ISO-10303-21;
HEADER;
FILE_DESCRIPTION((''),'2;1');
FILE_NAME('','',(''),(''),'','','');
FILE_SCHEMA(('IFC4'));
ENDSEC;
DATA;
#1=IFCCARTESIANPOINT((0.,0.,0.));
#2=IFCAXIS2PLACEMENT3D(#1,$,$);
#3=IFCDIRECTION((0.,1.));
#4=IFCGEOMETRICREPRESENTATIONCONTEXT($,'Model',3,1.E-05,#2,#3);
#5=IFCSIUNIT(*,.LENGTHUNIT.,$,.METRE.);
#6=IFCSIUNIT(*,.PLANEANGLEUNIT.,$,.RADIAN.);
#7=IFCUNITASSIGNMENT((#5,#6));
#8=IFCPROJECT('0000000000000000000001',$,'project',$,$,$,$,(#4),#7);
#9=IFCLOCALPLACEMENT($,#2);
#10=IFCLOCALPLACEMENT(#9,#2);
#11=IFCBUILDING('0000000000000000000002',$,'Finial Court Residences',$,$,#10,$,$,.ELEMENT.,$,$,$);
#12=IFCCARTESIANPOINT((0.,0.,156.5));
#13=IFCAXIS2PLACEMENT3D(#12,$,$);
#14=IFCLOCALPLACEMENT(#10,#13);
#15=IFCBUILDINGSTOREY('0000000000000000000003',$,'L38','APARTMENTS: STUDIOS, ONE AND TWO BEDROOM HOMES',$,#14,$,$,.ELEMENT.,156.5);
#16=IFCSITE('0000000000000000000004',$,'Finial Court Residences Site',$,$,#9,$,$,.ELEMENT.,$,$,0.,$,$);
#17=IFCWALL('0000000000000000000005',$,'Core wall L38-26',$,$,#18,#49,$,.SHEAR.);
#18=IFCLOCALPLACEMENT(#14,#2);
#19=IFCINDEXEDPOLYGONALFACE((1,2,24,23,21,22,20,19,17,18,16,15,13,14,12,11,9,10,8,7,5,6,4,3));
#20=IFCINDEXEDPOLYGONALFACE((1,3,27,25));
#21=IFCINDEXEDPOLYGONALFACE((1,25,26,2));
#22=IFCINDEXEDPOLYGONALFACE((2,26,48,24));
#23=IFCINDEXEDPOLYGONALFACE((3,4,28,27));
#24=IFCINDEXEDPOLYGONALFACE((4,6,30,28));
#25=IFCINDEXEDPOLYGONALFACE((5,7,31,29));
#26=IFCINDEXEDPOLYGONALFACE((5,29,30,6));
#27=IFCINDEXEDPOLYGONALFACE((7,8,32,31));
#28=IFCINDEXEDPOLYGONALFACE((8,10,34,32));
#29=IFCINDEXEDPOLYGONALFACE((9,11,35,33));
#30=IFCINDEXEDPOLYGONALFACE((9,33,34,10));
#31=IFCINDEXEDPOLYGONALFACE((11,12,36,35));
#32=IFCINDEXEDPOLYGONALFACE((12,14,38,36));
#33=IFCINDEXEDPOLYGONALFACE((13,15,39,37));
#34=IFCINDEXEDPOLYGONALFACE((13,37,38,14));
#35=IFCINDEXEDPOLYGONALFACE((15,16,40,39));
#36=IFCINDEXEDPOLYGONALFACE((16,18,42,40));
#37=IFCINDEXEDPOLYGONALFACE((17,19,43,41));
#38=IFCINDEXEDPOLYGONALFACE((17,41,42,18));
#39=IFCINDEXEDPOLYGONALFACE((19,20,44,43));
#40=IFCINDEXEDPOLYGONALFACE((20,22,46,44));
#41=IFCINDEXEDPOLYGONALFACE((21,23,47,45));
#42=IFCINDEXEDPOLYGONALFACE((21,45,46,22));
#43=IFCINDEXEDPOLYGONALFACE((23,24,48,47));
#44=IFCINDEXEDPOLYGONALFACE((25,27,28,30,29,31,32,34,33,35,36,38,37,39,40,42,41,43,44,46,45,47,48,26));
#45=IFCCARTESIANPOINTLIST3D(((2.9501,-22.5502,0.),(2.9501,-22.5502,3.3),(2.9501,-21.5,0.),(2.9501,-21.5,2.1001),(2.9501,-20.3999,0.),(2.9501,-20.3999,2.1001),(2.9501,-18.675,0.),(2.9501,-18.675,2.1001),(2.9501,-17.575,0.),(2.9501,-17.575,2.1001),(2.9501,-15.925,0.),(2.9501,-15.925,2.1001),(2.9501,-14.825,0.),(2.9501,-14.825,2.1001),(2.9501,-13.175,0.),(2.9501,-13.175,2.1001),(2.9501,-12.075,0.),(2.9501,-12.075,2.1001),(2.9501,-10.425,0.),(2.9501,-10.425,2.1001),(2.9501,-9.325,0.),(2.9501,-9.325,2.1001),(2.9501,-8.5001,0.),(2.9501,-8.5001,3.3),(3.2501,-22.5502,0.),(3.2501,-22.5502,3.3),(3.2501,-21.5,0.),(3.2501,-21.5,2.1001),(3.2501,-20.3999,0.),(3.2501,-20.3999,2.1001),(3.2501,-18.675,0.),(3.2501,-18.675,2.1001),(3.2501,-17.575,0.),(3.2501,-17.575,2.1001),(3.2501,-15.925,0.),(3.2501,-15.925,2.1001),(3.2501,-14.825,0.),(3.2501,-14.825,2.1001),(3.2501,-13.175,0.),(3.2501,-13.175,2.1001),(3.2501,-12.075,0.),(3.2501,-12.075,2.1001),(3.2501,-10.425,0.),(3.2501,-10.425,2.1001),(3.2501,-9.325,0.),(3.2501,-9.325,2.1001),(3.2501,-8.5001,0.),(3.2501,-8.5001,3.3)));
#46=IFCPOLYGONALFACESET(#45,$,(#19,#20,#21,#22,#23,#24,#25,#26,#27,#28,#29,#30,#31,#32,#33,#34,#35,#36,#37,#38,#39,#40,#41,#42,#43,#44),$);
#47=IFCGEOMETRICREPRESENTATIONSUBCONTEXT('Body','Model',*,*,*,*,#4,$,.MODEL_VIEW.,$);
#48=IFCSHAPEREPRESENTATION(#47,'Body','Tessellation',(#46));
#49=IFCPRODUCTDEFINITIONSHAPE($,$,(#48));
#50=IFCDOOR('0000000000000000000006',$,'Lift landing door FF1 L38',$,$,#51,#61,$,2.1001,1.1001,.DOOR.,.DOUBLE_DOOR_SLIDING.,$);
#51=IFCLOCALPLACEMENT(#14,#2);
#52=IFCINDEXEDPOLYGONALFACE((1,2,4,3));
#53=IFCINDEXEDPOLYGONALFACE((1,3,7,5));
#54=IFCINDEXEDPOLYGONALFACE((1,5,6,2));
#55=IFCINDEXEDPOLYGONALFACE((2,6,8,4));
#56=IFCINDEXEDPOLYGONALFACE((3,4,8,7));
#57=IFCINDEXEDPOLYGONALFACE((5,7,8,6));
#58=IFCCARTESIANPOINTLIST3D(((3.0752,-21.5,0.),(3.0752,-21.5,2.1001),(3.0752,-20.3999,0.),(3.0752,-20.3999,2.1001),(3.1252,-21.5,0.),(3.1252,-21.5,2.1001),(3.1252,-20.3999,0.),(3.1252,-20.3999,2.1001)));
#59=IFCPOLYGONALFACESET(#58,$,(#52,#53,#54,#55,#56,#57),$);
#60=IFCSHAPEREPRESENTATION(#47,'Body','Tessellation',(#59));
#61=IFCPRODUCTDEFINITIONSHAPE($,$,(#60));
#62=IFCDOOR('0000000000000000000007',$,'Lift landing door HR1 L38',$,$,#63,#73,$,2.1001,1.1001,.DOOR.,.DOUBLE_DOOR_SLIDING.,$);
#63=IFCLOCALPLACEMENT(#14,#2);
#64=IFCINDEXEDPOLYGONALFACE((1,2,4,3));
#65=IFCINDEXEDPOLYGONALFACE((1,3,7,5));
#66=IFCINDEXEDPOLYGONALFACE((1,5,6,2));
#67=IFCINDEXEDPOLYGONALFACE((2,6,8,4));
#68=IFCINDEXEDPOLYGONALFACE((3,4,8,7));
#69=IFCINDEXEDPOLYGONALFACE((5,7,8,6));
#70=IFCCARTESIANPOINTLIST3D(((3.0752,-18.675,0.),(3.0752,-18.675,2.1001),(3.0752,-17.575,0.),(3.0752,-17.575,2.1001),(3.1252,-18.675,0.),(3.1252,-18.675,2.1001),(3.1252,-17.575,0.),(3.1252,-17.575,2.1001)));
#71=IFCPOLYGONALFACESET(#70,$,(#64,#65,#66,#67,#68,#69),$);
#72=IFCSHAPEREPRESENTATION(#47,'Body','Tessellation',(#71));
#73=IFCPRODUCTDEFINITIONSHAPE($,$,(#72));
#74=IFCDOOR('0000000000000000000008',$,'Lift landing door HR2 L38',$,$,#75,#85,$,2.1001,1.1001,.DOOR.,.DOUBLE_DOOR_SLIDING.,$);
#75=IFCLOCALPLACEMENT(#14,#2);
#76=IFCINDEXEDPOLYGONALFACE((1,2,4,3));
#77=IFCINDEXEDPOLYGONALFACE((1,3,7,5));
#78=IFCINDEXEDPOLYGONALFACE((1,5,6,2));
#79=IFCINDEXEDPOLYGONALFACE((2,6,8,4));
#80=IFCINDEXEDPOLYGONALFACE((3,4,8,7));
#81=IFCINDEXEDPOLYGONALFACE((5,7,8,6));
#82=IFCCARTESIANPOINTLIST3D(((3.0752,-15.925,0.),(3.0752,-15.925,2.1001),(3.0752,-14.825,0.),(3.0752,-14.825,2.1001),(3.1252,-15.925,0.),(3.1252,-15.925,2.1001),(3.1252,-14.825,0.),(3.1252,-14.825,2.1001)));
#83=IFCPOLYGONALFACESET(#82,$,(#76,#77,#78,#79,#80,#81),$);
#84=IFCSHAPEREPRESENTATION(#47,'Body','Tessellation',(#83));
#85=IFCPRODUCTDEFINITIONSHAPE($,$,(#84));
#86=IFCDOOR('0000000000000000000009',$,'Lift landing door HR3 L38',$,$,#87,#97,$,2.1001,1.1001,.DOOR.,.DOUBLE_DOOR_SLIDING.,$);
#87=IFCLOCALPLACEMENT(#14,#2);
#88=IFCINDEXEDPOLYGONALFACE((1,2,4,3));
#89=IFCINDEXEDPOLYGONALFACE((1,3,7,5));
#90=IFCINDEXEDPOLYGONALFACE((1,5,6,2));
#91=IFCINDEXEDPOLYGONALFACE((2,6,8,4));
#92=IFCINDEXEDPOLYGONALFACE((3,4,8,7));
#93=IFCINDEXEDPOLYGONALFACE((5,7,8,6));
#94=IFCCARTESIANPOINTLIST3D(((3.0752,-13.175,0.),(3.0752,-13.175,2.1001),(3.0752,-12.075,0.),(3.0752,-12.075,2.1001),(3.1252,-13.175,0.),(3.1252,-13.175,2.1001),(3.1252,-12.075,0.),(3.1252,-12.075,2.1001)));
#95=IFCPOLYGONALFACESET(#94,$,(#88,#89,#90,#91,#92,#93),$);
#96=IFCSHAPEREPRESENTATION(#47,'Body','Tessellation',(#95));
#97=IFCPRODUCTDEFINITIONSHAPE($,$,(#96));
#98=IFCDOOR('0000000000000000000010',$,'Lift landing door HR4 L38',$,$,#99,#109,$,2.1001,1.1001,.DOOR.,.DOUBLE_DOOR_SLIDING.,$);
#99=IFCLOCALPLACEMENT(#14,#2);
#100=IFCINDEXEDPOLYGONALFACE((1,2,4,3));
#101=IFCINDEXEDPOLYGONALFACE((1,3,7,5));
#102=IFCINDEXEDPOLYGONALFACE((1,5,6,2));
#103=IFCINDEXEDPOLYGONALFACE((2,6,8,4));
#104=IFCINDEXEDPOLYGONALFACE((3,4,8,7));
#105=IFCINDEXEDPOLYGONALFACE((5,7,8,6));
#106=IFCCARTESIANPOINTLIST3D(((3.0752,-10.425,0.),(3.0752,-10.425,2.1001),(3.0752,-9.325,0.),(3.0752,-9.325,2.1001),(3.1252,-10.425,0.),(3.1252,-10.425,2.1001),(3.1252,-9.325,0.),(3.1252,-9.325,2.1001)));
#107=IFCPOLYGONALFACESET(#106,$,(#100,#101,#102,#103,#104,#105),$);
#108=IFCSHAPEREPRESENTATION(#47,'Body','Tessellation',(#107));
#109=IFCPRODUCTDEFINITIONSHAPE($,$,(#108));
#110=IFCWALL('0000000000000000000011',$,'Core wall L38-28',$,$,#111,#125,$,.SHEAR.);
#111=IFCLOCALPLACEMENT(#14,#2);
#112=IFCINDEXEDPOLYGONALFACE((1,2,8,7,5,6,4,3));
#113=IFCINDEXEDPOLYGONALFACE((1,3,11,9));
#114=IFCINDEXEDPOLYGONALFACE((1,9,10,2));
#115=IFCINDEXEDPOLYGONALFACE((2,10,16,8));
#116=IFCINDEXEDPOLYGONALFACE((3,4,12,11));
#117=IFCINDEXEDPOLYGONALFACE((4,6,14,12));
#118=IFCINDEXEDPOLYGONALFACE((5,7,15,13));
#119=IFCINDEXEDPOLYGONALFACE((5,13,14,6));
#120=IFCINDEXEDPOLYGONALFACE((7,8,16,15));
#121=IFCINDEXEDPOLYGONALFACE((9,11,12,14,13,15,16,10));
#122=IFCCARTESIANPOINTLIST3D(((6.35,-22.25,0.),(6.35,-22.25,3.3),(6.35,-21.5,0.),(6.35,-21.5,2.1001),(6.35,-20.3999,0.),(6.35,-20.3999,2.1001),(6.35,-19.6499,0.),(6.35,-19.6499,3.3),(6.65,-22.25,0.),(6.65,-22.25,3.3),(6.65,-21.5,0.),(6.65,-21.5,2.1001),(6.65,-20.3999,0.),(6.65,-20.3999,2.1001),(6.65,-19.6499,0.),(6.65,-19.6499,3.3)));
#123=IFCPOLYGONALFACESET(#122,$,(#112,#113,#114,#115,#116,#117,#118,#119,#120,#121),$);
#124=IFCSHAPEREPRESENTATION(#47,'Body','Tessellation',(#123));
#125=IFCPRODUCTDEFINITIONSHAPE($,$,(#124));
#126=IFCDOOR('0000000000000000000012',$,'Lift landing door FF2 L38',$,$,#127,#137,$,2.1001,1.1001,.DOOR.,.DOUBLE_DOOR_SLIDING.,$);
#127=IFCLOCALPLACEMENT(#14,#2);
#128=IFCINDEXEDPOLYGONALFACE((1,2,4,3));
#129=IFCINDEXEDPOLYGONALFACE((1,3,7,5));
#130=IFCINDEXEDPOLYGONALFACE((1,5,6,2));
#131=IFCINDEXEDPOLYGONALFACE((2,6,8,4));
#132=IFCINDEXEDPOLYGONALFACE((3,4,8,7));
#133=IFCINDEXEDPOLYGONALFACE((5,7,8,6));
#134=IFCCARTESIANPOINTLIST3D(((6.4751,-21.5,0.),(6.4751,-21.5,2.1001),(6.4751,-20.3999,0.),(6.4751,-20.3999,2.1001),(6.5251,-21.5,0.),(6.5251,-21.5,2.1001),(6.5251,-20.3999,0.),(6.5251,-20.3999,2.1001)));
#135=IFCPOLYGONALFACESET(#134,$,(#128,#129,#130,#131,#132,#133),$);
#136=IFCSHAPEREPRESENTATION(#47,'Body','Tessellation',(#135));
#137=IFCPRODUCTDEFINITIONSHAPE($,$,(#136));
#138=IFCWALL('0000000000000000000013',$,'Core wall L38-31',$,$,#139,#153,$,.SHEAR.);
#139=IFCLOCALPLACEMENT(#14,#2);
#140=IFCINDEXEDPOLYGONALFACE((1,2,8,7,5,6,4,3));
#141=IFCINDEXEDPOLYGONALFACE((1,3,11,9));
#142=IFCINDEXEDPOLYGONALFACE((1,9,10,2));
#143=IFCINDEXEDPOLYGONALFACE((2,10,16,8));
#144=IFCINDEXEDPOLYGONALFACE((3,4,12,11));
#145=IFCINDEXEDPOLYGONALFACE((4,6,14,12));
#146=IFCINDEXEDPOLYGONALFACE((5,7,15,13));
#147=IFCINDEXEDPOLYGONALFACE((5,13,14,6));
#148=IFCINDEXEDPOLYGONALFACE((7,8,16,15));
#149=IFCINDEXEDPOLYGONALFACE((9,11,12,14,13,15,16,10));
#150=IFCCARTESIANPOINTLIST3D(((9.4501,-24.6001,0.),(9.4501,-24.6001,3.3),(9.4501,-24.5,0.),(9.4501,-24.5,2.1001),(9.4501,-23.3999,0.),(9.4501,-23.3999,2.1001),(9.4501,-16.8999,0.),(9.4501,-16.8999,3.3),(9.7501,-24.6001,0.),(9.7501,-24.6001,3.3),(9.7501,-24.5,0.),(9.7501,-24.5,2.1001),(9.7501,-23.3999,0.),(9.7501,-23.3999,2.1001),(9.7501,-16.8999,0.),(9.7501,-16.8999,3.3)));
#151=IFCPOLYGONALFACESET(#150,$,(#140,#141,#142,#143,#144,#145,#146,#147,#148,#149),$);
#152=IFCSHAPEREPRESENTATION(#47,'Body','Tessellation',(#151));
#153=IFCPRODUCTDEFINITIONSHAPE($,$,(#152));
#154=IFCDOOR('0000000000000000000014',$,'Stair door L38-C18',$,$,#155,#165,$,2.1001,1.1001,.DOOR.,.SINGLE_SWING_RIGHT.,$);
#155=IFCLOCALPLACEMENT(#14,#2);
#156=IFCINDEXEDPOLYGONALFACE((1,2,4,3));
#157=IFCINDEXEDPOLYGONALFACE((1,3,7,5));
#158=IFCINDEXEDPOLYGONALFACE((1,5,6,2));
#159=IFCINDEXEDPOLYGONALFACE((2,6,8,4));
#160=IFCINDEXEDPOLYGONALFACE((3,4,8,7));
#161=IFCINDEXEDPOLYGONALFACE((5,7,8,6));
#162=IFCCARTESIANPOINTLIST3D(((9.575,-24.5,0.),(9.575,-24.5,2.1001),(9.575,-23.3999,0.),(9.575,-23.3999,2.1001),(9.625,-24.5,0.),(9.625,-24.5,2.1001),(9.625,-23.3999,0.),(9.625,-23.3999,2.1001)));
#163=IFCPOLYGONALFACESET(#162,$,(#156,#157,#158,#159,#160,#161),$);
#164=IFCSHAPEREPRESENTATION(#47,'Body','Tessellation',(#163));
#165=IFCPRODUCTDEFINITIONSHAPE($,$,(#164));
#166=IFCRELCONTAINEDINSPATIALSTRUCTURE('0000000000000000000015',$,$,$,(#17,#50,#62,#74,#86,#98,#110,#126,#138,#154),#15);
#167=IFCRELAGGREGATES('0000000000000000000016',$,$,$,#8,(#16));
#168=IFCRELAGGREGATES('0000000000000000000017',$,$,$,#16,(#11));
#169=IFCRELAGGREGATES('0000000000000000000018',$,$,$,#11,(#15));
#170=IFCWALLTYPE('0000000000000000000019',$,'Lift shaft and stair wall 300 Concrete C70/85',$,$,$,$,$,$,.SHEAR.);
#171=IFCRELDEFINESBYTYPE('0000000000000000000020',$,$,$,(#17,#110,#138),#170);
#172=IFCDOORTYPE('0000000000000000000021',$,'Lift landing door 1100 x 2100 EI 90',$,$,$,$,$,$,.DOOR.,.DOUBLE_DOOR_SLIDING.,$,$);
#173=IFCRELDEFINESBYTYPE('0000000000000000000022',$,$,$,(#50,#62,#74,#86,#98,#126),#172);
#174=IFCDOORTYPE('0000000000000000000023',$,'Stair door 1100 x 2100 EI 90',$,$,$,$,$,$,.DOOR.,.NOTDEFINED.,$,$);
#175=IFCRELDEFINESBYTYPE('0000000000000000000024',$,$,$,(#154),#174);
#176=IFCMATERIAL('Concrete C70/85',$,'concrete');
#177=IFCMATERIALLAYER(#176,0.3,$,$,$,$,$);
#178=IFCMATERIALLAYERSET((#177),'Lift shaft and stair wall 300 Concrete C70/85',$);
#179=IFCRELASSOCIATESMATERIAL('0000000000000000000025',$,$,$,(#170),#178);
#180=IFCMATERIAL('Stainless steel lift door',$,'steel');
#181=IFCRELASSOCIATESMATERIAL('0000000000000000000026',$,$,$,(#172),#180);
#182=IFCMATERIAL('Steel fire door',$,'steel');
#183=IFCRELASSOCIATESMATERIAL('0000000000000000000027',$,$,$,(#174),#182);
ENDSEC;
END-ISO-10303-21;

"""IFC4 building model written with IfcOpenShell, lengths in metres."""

from ifc_helpers import new_model, si_unit, direction, frame, frame_2d, origin, place, context, subcontext, project, spatial, rectangle, extrude, material, layer, layer_set, type_object, element, fill, save


model = new_model("IFC4")

# Units and contexts
model_context = context("Model", 3, precision=1e-05, world=origin(), true_north=direction((0.0, 1.0)))
body_context = subcontext(model_context, "Body", "Model", "MODEL_VIEW")
ifc_project = project(units=[si_unit("LENGTHUNIT", "METRE"), si_unit("PLANEANGLEUNIT", "RADIAN")], contexts=[model_context])

# Site, building, storey
site_placement = place(None, origin())
site = spatial("IfcSite", under=ifc_project, at=site_placement, Name="Finial Court Residences Site", CompositionType="ELEMENT", RefElevation=0.0)
building_placement = place(site_placement, origin())
building = spatial("IfcBuilding", under=site, at=building_placement, Name="Finial Court Residences", CompositionType="ELEMENT")
storey_placement = place(building_placement, frame((0.0, 0.0, 156.5)))
storey = spatial("IfcBuildingStorey", under=building, at=storey_placement, Name="L38", Description="APARTMENTS: STUDIOS, ONE AND TWO BEDROOM HOMES", CompositionType="ELEMENT", Elevation=156.5)

# Shared definitions
ifc_material_1 = material(Name="Steel fire door", Category="steel")

# Shared definitions
ifc_material_2 = material(Name="Concrete C70/85", Category="concrete")
ifc_layer_1 = layer(ifc_material_2, 0.3)
ifc_layer_set_1 = layer_set([ifc_layer_1], Name="Lift shaft and stair wall 300 Concrete C70/85")
wall_type_1 = type_object("IfcWallType", Name="Lift shaft and stair wall 300 Concrete C70/85", PredefinedType="SHEAR", material=ifc_layer_set_1)

# Wall, openings, doors
wall_1_placement = place(storey_placement, frame((3.1001, -22.55, 0.0), z_axis=(0.0, 0.0, 1.0), x_axis=(0.0, 1.0, 0.0)))
wall_1 = element("IfcWall", 1, at=wall_1_placement, inside=storey, type_object=wall_type_1, Name="Core wall L38-26", PredefinedType="SHEAR", context=body_context, shape_type="SweptSolid", body=[
    extrude(rectangle(XDim=14.05, YDim=0.3, at=frame_2d((7.0249, 0.0))), origin(), (0.0, 0.0, 1.0), 3.3),
])
opening_1_placement = place(wall_1_placement, frame((1.05, 0.0, 0.0)))
opening_1 = element("IfcOpeningElement", 2, at=opening_1_placement, cuts=wall_1, PredefinedType="OPENING", context=body_context, shape_type="SweptSolid", body=[
    extrude(rectangle(XDim=1.1001, YDim=2.1001, at=frame_2d((0.55, 1.05))), frame((0.0, 0.1599, 0.0), z_axis=(0.0, -1.0, 0.0), x_axis=(1.0, 0.0, 0.0)), (0.0, 0.0, 1.0), 0.3201),
])
opening_2_placement = place(wall_1_placement, frame((3.875, 0.0, 0.0)))
opening_2 = element("IfcOpeningElement", 3, at=opening_2_placement, cuts=wall_1, PredefinedType="OPENING", context=body_context, shape_type="SweptSolid", body=[
    extrude(rectangle(XDim=1.1001, YDim=2.1001, at=frame_2d((0.55, 1.05))), frame((0.0, 0.1599, 0.0), z_axis=(0.0, -1.0, 0.0), x_axis=(1.0, 0.0, 0.0)), (0.0, 0.0, 1.0), 0.3201),
])
opening_3_placement = place(wall_1_placement, frame((6.625, 0.0, 0.0)))
opening_3 = element("IfcOpeningElement", 4, at=opening_3_placement, cuts=wall_1, PredefinedType="OPENING", context=body_context, shape_type="SweptSolid", body=[
    extrude(rectangle(XDim=1.1001, YDim=2.1001, at=frame_2d((0.55, 1.05))), frame((0.0, 0.1599, 0.0), z_axis=(0.0, -1.0, 0.0), x_axis=(1.0, 0.0, 0.0)), (0.0, 0.0, 1.0), 0.3201),
])
opening_4_placement = place(wall_1_placement, frame((9.375, 0.0, 0.0)))
opening_4 = element("IfcOpeningElement", 5, at=opening_4_placement, cuts=wall_1, PredefinedType="OPENING", context=body_context, shape_type="SweptSolid", body=[
    extrude(rectangle(XDim=1.1001, YDim=2.1001, at=frame_2d((0.55, 1.05))), frame((0.0, 0.1599, 0.0), z_axis=(0.0, -1.0, 0.0), x_axis=(1.0, 0.0, 0.0)), (0.0, 0.0, 1.0), 0.3201),
])
opening_5_placement = place(wall_1_placement, frame((12.125, 0.0, 0.0)))
opening_5 = element("IfcOpeningElement", 6, at=opening_5_placement, cuts=wall_1, PredefinedType="OPENING", context=body_context, shape_type="SweptSolid", body=[
    extrude(rectangle(XDim=1.1001, YDim=2.1001, at=frame_2d((0.55, 1.05))), frame((0.0, 0.1599, 0.0), z_axis=(0.0, -1.0, 0.0), x_axis=(1.0, 0.0, 0.0)), (0.0, 0.0, 1.0), 0.3201),
])
ifc_material_3 = material(Name="Stainless steel lift door", Category="steel")
door_type_1 = type_object("IfcDoorType", Name="Lift landing door 1100 x 2100 EI 90", OperationType="DOUBLE_DOOR_SLIDING", PredefinedType="DOOR", material=ifc_material_3)
door_1_placement = place(opening_1_placement, origin())
door_1 = element("IfcDoor", 7, at=door_1_placement, inside=storey, type_object=door_type_1, Name="Lift landing door FF1 L38", OperationType="DOUBLE_DOOR_SLIDING", OverallHeight=2.1001, OverallWidth=1.1001, PredefinedType="DOOR", context=body_context, shape_type="SweptSolid", body=[
    extrude(rectangle(XDim=1.1001, YDim=2.1001, at=frame_2d((0.55, 1.05))), frame((0.0, 0.0249, 0.0), z_axis=(0.0, -1.0, 0.0), x_axis=(1.0, 0.0, 0.0)), (0.0, 0.0, 1.0), 0.05),
])
fill(opening_1, door_1)
door_2_placement = place(opening_2_placement, origin())
door_2 = element("IfcDoor", 8, at=door_2_placement, inside=storey, type_object=door_type_1, Name="Lift landing door HR1 L38", OperationType="DOUBLE_DOOR_SLIDING", OverallHeight=2.1001, OverallWidth=1.1001, PredefinedType="DOOR", context=body_context, shape_type="SweptSolid", body=[
    extrude(rectangle(XDim=1.1001, YDim=2.1001, at=frame_2d((0.55, 1.05))), frame((0.0, 0.0249, 0.0), z_axis=(0.0, -1.0, 0.0), x_axis=(1.0, 0.0, 0.0)), (0.0, 0.0, 1.0), 0.05),
])
fill(opening_2, door_2)
door_3_placement = place(opening_3_placement, origin())
door_3 = element("IfcDoor", 9, at=door_3_placement, inside=storey, type_object=door_type_1, Name="Lift landing door HR2 L38", OperationType="DOUBLE_DOOR_SLIDING", OverallHeight=2.1001, OverallWidth=1.1001, PredefinedType="DOOR", context=body_context, shape_type="SweptSolid", body=[
    extrude(rectangle(XDim=1.1001, YDim=2.1001, at=frame_2d((0.55, 1.05))), frame((0.0, 0.0249, 0.0), z_axis=(0.0, -1.0, 0.0), x_axis=(1.0, 0.0, 0.0)), (0.0, 0.0, 1.0), 0.05),
])
fill(opening_3, door_3)
door_4_placement = place(opening_4_placement, origin())
door_4 = element("IfcDoor", 10, at=door_4_placement, inside=storey, type_object=door_type_1, Name="Lift landing door HR3 L38", OperationType="DOUBLE_DOOR_SLIDING", OverallHeight=2.1001, OverallWidth=1.1001, PredefinedType="DOOR", context=body_context, shape_type="SweptSolid", body=[
    extrude(rectangle(XDim=1.1001, YDim=2.1001, at=frame_2d((0.55, 1.05))), frame((0.0, 0.0249, 0.0), z_axis=(0.0, -1.0, 0.0), x_axis=(1.0, 0.0, 0.0)), (0.0, 0.0, 1.0), 0.05),
])
fill(opening_4, door_4)
door_5_placement = place(opening_5_placement, origin())
door_5 = element("IfcDoor", 11, at=door_5_placement, inside=storey, type_object=door_type_1, Name="Lift landing door HR4 L38", OperationType="DOUBLE_DOOR_SLIDING", OverallHeight=2.1001, OverallWidth=1.1001, PredefinedType="DOOR", context=body_context, shape_type="SweptSolid", body=[
    extrude(rectangle(XDim=1.1001, YDim=2.1001, at=frame_2d((0.55, 1.05))), frame((0.0, 0.0249, 0.0), z_axis=(0.0, -1.0, 0.0), x_axis=(1.0, 0.0, 0.0)), (0.0, 0.0, 1.0), 0.05),
])
fill(opening_5, door_5)

# Walls, openings, doors
wall_2_placement = place(storey_placement, frame((6.5, -22.25, 0.0), z_axis=(0.0, 0.0, 1.0), x_axis=(0.0, 1.0, 0.0)))
wall_2 = element("IfcWall", 12, at=wall_2_placement, inside=storey, type_object=wall_type_1, Name="Core wall L38-28", PredefinedType="SHEAR", context=body_context, shape_type="SweptSolid", body=[
    extrude(rectangle(XDim=2.6001, YDim=0.3, at=frame_2d((1.3, 0.0))), origin(), (0.0, 0.0, 1.0), 3.3),
])
opening_6_placement = place(wall_2_placement, frame((0.75, 0.0, 0.0)))
opening_6 = element("IfcOpeningElement", 13, at=opening_6_placement, cuts=wall_2, PredefinedType="OPENING", context=body_context, shape_type="SweptSolid", body=[
    extrude(rectangle(XDim=1.1001, YDim=2.1001, at=frame_2d((0.55, 1.05))), frame((0.0, 0.1599, 0.0), z_axis=(0.0, -1.0, 0.0), x_axis=(1.0, 0.0, 0.0)), (0.0, 0.0, 1.0), 0.3201),
])
door_6_placement = place(opening_6_placement, origin())
door_6 = element("IfcDoor", 14, at=door_6_placement, inside=storey, type_object=door_type_1, Name="Lift landing door FF2 L38", OperationType="DOUBLE_DOOR_SLIDING", OverallHeight=2.1001, OverallWidth=1.1001, PredefinedType="DOOR", context=body_context, shape_type="SweptSolid", body=[
    extrude(rectangle(XDim=1.1001, YDim=2.1001, at=frame_2d((0.55, 1.05))), frame((0.0, 0.0249, 0.0), z_axis=(0.0, -1.0, 0.0), x_axis=(1.0, 0.0, 0.0)), (0.0, 0.0, 1.0), 0.05),
])
fill(opening_6, door_6)
wall_3_placement = place(storey_placement, frame((9.6001, -16.8999, 0.0), z_axis=(0.0, 0.0, 1.0), x_axis=(0.0, -1.0, 0.0)))
wall_3 = element("IfcWall", 15, at=wall_3_placement, inside=storey, type_object=wall_type_1, Name="Core wall L38-31", PredefinedType="SHEAR", context=body_context, shape_type="SweptSolid", body=[
    extrude(rectangle(XDim=7.7002, YDim=0.3, at=frame_2d((3.8501, 0.0))), origin(), (0.0, 0.0, 1.0), 3.3),
])
opening_7_placement = place(wall_3_placement, frame((6.5, 0.0, 0.0)))
opening_7 = element("IfcOpeningElement", 16, at=opening_7_placement, cuts=wall_3, PredefinedType="OPENING", context=body_context, shape_type="SweptSolid", body=[
    extrude(rectangle(XDim=1.1001, YDim=2.1001, at=frame_2d((0.55, 1.05))), frame((0.0, 0.1599, 0.0), z_axis=(0.0, -1.0, 0.0), x_axis=(1.0, 0.0, 0.0)), (0.0, 0.0, 1.0), 0.3201),
])
door_type_2 = type_object("IfcDoorType", Name="Stair door 1100 x 2100 EI 90", OperationType="NOTDEFINED", PredefinedType="DOOR", material=ifc_material_1)
door_7_placement = place(opening_7_placement, origin())
door_7 = element("IfcDoor", 17, at=door_7_placement, inside=storey, type_object=door_type_2, Name="Stair door L38-C18", OperationType="SINGLE_SWING_RIGHT", OverallHeight=2.1001, OverallWidth=1.1001, PredefinedType="DOOR", context=body_context, shape_type="SweptSolid", body=[
    extrude(rectangle(XDim=1.1001, YDim=2.1001, at=frame_2d((0.55, 1.05))), frame((0.0, 0.0249, 0.0), z_axis=(0.0, -1.0, 0.0), x_axis=(1.0, 0.0, 0.0)), (0.0, 0.0, 1.0), 0.05),
])
fill(opening_7, door_7)

save(model, "model.ifc")
